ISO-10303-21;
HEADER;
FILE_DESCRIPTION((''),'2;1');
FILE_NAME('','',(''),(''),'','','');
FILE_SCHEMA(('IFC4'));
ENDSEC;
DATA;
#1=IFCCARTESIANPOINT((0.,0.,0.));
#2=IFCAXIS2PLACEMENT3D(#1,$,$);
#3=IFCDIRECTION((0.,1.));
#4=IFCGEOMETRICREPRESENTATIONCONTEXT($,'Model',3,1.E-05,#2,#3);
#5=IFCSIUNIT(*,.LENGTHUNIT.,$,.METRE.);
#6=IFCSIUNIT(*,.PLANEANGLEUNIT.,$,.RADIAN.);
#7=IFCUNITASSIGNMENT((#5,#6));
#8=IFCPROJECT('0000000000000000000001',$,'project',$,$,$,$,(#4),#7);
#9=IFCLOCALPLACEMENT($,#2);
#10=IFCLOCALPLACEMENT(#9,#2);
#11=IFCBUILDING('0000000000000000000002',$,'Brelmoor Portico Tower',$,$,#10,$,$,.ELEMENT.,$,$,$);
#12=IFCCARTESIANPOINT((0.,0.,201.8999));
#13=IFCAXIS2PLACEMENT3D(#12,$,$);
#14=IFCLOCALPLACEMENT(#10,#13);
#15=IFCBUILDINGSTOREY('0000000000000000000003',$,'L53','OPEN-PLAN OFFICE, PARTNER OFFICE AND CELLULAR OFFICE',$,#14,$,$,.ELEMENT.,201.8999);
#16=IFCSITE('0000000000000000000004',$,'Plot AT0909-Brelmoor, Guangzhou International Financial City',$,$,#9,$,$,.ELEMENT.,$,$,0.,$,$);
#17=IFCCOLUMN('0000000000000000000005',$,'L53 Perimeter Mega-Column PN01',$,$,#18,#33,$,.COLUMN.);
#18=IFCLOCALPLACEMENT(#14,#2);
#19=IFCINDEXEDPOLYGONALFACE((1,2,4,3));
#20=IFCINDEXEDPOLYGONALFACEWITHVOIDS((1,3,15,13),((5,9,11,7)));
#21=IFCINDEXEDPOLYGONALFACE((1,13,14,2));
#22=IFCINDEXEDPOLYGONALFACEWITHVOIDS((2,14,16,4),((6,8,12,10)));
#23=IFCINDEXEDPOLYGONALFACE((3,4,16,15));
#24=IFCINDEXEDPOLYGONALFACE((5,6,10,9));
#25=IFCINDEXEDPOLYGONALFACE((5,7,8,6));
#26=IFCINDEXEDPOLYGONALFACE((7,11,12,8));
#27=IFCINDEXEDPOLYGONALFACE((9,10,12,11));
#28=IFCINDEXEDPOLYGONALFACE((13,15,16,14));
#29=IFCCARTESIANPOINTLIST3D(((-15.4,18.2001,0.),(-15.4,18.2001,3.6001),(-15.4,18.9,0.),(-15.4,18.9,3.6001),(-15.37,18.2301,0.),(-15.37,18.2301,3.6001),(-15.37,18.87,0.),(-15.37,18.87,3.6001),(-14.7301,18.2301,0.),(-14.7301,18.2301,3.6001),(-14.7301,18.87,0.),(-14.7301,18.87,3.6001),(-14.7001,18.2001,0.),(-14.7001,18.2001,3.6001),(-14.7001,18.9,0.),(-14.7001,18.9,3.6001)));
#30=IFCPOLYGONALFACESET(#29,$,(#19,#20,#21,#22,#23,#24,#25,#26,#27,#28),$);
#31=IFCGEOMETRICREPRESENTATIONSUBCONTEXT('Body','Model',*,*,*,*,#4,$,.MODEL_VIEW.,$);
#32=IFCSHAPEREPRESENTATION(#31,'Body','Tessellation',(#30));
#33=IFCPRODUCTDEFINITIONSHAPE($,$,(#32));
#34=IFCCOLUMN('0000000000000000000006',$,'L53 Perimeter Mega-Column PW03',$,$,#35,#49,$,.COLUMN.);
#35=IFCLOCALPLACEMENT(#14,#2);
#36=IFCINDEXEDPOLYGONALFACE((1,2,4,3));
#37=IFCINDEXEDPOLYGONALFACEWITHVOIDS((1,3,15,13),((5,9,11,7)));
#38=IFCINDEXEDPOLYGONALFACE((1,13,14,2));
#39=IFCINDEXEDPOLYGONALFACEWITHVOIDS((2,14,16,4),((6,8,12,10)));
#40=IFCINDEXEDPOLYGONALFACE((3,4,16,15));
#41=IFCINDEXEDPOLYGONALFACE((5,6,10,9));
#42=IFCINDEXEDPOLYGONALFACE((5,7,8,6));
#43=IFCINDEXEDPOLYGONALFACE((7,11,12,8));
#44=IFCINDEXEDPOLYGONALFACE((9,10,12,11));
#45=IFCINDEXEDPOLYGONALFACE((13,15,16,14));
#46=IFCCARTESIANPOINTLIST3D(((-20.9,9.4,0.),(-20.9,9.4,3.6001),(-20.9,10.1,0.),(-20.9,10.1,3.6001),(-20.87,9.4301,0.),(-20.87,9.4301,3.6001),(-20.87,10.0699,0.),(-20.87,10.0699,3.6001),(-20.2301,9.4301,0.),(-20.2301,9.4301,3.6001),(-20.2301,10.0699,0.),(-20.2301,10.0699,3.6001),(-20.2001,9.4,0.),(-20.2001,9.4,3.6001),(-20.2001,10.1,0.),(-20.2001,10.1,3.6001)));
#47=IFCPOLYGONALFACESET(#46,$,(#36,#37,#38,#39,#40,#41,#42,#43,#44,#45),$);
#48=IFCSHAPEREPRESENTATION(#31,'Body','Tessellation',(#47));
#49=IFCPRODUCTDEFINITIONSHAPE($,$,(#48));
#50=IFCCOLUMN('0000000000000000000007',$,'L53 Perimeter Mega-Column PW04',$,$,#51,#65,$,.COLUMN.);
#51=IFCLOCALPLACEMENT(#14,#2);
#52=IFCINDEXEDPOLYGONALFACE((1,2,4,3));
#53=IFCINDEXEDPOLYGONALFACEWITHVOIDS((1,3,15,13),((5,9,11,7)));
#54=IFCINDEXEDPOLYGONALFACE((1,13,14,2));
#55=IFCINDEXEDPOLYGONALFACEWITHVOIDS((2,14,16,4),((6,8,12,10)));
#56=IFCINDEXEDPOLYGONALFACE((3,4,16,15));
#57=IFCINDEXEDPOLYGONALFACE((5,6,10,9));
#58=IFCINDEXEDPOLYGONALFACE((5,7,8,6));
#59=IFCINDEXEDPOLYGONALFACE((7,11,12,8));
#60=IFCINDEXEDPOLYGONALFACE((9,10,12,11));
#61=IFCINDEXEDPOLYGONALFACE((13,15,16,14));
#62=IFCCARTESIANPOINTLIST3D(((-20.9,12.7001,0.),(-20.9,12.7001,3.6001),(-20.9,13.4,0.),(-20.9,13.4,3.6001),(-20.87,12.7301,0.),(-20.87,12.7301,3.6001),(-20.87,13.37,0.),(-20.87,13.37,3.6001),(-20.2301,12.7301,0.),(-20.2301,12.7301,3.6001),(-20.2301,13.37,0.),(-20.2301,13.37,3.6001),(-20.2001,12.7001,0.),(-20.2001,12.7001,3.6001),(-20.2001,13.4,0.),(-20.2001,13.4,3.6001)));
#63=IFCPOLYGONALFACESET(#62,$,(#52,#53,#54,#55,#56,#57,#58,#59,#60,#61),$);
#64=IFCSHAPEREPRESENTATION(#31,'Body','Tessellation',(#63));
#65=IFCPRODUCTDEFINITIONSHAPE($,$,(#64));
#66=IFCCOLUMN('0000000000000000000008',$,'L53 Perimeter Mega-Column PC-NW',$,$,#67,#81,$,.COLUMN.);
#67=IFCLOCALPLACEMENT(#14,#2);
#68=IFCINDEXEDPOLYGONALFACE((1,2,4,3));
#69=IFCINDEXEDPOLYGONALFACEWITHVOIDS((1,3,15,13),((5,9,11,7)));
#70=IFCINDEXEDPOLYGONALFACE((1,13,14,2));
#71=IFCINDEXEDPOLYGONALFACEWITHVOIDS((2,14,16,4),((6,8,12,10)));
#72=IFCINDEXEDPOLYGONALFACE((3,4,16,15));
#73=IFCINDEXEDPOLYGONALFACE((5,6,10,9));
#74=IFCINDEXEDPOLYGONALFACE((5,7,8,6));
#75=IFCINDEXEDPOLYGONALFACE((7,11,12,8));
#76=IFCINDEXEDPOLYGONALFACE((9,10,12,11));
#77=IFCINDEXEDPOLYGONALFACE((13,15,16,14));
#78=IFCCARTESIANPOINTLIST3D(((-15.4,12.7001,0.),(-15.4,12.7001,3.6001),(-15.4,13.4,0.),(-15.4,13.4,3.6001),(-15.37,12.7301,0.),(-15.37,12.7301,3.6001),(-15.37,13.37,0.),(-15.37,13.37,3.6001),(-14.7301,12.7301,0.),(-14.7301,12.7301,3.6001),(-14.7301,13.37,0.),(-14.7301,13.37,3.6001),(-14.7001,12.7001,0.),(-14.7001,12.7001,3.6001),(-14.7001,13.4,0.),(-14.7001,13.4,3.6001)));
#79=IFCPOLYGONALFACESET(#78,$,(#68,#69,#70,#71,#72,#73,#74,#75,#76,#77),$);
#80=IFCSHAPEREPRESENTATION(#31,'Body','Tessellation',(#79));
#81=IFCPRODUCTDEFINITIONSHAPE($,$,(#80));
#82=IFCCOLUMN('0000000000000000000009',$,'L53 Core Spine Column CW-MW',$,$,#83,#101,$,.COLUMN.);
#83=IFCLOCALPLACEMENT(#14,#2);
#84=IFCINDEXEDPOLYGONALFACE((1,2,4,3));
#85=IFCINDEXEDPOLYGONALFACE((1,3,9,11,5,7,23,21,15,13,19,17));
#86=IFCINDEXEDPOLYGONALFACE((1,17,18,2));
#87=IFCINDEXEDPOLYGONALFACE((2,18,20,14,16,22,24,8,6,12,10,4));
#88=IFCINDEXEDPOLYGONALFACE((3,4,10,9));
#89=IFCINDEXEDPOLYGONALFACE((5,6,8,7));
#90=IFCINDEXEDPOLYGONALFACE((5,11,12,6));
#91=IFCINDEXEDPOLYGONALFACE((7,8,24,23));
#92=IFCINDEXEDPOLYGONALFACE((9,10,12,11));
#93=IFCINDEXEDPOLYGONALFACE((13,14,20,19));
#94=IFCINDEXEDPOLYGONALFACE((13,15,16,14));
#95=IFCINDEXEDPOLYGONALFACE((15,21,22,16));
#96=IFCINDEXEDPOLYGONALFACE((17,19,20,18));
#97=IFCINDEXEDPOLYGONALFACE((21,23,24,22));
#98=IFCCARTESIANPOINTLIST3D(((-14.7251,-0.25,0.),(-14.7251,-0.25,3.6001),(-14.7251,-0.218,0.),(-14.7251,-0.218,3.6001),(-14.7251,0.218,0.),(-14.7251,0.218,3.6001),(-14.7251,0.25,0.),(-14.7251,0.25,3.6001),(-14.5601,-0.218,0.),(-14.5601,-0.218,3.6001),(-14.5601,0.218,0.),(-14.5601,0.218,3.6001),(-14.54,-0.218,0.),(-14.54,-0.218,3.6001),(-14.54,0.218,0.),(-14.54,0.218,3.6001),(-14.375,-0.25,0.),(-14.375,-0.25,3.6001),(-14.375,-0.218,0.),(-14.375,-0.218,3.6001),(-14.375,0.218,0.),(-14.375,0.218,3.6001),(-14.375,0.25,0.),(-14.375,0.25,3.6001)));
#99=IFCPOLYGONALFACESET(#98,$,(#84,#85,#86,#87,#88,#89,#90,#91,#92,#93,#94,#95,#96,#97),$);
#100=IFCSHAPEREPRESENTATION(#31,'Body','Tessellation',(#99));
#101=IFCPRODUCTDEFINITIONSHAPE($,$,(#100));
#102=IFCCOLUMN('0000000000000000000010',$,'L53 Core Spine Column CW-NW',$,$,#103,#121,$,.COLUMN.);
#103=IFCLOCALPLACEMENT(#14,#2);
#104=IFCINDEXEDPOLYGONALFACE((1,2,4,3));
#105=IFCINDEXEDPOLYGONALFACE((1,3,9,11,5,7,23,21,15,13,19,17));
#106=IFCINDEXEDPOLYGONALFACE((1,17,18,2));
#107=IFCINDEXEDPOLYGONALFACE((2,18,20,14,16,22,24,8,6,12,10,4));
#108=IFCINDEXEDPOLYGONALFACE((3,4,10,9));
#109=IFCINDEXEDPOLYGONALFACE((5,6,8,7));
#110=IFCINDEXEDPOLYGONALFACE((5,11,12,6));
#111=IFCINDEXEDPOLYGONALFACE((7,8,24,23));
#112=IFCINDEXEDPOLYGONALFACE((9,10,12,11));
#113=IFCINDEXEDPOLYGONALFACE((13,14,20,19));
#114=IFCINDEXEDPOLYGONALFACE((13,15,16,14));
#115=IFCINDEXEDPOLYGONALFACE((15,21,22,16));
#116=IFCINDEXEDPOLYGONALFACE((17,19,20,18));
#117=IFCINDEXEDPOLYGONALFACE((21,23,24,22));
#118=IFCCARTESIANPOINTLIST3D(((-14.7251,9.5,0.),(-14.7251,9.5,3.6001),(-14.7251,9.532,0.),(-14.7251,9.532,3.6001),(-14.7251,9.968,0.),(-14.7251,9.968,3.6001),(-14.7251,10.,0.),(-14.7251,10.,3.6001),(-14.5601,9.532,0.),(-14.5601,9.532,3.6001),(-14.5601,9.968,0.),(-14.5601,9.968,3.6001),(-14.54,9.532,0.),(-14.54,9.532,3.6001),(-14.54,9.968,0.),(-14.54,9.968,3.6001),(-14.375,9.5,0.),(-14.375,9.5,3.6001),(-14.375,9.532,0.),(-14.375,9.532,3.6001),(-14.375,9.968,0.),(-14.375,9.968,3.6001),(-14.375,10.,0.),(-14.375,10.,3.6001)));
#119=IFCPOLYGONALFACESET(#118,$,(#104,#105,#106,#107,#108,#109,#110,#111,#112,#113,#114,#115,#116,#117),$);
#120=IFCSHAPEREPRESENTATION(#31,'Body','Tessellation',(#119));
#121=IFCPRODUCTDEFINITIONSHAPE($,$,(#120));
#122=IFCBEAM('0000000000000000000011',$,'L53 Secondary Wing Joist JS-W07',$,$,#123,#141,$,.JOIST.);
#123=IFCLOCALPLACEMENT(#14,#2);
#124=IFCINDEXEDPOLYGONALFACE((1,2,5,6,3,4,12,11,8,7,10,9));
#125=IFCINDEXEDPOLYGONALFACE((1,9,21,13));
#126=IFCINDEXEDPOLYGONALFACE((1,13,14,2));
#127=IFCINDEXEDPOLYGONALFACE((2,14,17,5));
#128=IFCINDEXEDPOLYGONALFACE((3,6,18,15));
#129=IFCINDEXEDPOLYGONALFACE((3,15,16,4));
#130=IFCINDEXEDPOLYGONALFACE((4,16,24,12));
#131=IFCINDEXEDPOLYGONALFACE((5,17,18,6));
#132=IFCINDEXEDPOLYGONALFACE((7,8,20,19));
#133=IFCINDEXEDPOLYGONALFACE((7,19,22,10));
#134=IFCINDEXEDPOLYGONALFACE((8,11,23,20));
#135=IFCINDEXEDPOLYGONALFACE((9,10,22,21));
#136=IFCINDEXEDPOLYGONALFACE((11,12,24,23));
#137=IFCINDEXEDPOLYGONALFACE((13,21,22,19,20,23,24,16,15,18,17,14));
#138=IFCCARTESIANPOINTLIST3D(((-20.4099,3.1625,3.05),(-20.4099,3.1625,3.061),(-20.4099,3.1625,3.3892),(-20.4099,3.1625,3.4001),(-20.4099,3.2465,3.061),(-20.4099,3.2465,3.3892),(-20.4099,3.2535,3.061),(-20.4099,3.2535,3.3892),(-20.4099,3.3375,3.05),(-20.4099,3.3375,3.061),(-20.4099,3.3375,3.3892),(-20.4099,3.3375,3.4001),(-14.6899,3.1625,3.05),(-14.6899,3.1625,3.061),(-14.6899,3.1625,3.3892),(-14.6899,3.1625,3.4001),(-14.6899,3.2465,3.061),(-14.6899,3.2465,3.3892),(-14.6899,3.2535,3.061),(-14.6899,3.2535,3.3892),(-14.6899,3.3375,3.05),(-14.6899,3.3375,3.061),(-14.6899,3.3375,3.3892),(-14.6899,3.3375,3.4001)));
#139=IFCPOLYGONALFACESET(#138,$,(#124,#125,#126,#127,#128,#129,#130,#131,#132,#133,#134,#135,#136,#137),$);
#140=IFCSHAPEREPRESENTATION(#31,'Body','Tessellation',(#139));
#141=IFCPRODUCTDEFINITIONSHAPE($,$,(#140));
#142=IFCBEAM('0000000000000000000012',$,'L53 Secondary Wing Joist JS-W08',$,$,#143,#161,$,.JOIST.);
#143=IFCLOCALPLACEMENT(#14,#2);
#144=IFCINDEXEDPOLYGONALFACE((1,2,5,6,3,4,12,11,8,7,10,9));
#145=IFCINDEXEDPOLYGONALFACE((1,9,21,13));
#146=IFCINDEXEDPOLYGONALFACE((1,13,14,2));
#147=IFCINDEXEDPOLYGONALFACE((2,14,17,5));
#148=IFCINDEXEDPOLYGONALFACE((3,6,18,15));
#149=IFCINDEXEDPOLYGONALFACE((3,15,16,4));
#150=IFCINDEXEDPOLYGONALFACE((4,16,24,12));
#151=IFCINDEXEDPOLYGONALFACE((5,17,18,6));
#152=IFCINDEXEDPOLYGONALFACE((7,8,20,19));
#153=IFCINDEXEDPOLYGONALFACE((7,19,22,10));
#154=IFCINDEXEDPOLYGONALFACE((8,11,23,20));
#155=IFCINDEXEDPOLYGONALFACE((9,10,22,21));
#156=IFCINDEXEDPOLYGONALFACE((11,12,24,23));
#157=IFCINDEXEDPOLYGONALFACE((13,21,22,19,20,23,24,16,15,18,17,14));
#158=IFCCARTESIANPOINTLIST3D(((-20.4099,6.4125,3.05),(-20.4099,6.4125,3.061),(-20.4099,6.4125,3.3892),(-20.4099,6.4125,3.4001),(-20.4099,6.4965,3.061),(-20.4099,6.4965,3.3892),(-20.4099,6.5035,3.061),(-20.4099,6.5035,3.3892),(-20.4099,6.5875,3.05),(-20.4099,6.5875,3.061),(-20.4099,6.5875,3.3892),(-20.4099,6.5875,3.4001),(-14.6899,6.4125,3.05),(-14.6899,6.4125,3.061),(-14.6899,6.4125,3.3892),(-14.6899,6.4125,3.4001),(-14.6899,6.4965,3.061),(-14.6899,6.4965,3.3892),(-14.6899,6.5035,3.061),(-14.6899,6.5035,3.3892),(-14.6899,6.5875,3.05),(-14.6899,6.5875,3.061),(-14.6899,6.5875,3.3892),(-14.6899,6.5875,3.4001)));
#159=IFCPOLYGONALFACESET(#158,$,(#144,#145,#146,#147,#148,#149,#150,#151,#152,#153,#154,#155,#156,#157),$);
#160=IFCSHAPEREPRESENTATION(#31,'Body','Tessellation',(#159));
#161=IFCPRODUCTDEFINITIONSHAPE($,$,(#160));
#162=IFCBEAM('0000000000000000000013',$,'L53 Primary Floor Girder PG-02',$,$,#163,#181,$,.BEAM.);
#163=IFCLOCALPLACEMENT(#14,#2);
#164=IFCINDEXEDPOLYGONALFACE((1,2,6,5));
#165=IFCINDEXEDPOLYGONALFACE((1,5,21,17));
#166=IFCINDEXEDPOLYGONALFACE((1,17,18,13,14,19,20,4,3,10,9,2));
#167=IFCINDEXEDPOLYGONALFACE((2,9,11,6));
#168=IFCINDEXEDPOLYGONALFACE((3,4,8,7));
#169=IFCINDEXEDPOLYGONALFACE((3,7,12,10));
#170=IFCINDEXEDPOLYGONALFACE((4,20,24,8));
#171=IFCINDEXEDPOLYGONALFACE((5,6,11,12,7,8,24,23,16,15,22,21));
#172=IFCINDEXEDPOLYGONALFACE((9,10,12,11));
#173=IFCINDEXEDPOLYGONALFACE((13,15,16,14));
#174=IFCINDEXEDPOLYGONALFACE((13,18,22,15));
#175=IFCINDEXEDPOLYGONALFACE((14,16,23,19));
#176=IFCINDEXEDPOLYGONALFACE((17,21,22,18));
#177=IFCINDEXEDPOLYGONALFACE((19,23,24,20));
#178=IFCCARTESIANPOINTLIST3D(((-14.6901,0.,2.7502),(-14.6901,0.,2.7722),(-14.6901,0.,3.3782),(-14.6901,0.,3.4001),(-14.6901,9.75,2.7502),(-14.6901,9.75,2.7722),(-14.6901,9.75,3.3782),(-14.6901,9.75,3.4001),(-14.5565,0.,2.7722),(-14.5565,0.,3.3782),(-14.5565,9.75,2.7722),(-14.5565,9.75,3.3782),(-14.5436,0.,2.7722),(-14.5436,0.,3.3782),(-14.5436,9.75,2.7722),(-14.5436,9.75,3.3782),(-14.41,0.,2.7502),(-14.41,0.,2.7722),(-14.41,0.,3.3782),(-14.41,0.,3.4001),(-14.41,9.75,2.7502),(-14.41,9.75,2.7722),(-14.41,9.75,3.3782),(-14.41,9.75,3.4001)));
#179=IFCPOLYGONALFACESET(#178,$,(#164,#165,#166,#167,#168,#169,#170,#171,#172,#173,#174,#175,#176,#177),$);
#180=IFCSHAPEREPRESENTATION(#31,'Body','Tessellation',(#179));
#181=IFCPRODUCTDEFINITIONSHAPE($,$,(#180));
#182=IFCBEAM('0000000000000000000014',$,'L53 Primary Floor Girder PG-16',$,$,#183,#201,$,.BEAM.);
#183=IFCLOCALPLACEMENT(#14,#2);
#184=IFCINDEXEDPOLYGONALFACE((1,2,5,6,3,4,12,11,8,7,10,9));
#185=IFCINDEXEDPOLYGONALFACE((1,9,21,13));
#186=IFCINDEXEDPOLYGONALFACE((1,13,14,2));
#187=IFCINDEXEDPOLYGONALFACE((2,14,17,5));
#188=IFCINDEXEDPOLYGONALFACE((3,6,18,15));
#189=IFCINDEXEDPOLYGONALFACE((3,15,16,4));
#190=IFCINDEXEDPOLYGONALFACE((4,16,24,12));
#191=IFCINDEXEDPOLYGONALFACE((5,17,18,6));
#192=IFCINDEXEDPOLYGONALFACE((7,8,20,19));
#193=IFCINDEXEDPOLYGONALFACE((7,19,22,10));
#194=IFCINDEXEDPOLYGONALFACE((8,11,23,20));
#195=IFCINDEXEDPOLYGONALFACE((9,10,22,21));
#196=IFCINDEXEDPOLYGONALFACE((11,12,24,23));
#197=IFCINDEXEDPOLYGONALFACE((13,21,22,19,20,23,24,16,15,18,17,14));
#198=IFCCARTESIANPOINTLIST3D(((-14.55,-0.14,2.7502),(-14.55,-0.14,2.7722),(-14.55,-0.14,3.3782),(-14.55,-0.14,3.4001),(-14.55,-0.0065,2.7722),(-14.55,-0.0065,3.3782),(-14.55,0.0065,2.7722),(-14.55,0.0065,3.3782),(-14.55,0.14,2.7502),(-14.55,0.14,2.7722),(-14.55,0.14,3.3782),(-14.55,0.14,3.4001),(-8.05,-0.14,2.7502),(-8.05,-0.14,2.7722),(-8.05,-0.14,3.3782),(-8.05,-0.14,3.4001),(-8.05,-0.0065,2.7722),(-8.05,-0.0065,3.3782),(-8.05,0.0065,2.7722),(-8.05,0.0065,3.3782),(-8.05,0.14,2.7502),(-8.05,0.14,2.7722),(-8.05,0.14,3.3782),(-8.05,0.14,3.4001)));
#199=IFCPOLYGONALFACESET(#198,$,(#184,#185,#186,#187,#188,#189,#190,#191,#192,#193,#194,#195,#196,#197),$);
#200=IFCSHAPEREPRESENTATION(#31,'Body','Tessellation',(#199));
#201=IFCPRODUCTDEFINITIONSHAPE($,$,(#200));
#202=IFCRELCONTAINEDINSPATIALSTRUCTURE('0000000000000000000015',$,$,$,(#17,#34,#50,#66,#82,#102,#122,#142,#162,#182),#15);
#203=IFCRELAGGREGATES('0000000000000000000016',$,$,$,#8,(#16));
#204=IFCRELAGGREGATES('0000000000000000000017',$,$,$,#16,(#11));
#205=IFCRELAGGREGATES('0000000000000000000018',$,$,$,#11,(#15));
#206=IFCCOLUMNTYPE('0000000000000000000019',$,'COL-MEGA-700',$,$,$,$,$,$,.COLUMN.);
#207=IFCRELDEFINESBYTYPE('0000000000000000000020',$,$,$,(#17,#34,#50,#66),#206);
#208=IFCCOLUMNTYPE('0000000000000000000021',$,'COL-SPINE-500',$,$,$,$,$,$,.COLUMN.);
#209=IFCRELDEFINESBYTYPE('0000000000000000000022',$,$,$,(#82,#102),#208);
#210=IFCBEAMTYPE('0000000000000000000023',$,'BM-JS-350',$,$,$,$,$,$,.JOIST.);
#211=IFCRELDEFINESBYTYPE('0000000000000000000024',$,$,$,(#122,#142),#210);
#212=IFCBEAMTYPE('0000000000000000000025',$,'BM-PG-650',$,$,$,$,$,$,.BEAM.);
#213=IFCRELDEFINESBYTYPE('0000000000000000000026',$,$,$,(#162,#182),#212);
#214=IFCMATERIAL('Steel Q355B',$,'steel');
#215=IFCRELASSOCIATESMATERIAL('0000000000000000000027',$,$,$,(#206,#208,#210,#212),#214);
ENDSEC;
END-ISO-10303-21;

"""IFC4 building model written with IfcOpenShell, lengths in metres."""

from ifc_helpers import new_model, si_unit, direction, frame, origin, origin_2d, place, context, subcontext, project, spatial, hollow_rectangle, i_section, extrude, material, material_profile, profile_set, type_object, element, save


model = new_model("IFC4")

# Units and contexts
model_context = context("Model", 3, precision=1e-05, world=origin(), true_north=direction((0.0, 1.0)))
body_context = subcontext(model_context, "Body", "Model", "MODEL_VIEW")
ifc_project = project(units=[si_unit("LENGTHUNIT", "METRE"), si_unit("PLANEANGLEUNIT", "RADIAN")], contexts=[model_context])

# Site, building, storey
site_placement = place(None, origin())
site = spatial("IfcSite", under=ifc_project, at=site_placement, Name="Plot AT0909-Brelmoor, Guangzhou International Financial City", CompositionType="ELEMENT", RefElevation=0.0)
building_placement = place(site_placement, origin())
building = spatial("IfcBuilding", under=site, at=building_placement, Name="Brelmoor Portico Tower", CompositionType="ELEMENT")
storey_placement = place(building_placement, frame((0.0, 0.0, 201.8999)))
storey = spatial("IfcBuildingStorey", under=building, at=storey_placement, Name="L53", Description="OPEN-PLAN OFFICE, PARTNER OFFICE AND CELLULAR OFFICE", CompositionType="ELEMENT", Elevation=201.8999)

# Columns
ifc_material_1 = material(Name="Steel Q355B", Category="steel")
ifc_material_profile_1 = material_profile(ifc_material_1, hollow_rectangle(XDim=0.7, YDim=0.7, WallThickness=0.03, at=origin_2d()), Name="BOX 700x700x30")
ifc_profile_set_1 = profile_set([ifc_material_profile_1], Name="Steel Q355B")
column_type_1 = type_object("IfcColumnType", Name="COL-MEGA-700", PredefinedType="COLUMN", material=ifc_profile_set_1)
for number, where, z_axis, x_axis, name in (
    (1, (-15.05, 18.55, 0.0), (0.0, 0.0, 1.0), (1.0, 0.0, 0.0), "L53 Perimeter Mega-Column PN01"),
    (2, (-20.55, 9.75, 0.0), (0.0, 0.0, 1.0), (0.0, 1.0, 0.0), "L53 Perimeter Mega-Column PW03"),
    (3, (-20.55, 13.05, 0.0), (0.0, 0.0, 1.0), (0.0, 1.0, 0.0), "L53 Perimeter Mega-Column PW04"),
    (4, (-15.05, 13.05, 0.0), (0.0, 0.0, 1.0), (1.0, 0.0, 0.0), "L53 Perimeter Mega-Column PC-NW"),
):
    element("IfcColumn", number, at=place(storey_placement, frame(where, z_axis=z_axis, x_axis=x_axis)), inside=storey, type_object=column_type_1, Name=name, PredefinedType="COLUMN", context=body_context, shape_type="SweptSolid", body=[
        extrude(hollow_rectangle(XDim=0.7, YDim=0.7, WallThickness=0.03, at=origin_2d()), origin(), (0.0, 0.0, 1.0), 3.6001),
    ])
ifc_material_profile_2 = material_profile(ifc_material_1, i_section(OverallWidth=0.3501, OverallDepth=0.5, WebThickness=0.02, FlangeThickness=0.032, at=origin_2d()), Name="HW 500x350x20x32")
ifc_profile_set_2 = profile_set([ifc_material_profile_2], Name="Steel Q355B")
column_type_2 = type_object("IfcColumnType", Name="COL-SPINE-500", PredefinedType="COLUMN", material=ifc_profile_set_2)
for number, where, z_axis, x_axis, name in (
    (5, (-14.55, 0.0, 0.0), (0.0, 0.0, 1.0), (1.0, 0.0, 0.0), "L53 Core Spine Column CW-MW"),
    (6, (-14.55, 9.75, 0.0), (0.0, 0.0, 1.0), (1.0, 0.0, 0.0), "L53 Core Spine Column CW-NW"),
):
    element("IfcColumn", number, at=place(storey_placement, frame(where, z_axis=z_axis, x_axis=x_axis)), inside=storey, type_object=column_type_2, Name=name, PredefinedType="COLUMN", context=body_context, shape_type="SweptSolid", body=[
        extrude(i_section(OverallWidth=0.3501, OverallDepth=0.5, WebThickness=0.02, FlangeThickness=0.032, at=origin_2d()), origin(), (0.0, 0.0, 1.0), 3.6001),
    ])

# Beams
ifc_material_profile_3 = material_profile(ifc_material_1, i_section(OverallWidth=0.175, OverallDepth=0.3501, WebThickness=0.0071, FlangeThickness=0.011, at=origin_2d()), Name="HN 350x175x7x11")
ifc_profile_set_3 = profile_set([ifc_material_profile_3], Name="Steel Q355B")
beam_type_1 = type_object("IfcBeamType", Name="BM-JS-350", PredefinedType="JOIST", material=ifc_profile_set_3)
for number, where, z_axis, x_axis, name in (
    (7, (-20.4099, 3.25, 3.2251), (1.0, 0.0, 0.0), (0.0, 1.0, 0.0), "L53 Secondary Wing Joist JS-W07"),
    (8, (-20.4099, 6.5, 3.2251), (1.0, 0.0, 0.0), (0.0, 1.0, 0.0), "L53 Secondary Wing Joist JS-W08"),
):
    element("IfcBeam", number, at=place(storey_placement, frame(where, z_axis=z_axis, x_axis=x_axis)), inside=storey, type_object=beam_type_1, Name=name, PredefinedType="JOIST", context=body_context, shape_type="SweptSolid", body=[
        extrude(i_section(OverallWidth=0.175, OverallDepth=0.3501, WebThickness=0.0071, FlangeThickness=0.011, at=origin_2d()), origin(), (0.0, 0.0, 1.0), 5.72),
    ])
ifc_material_profile_4 = material_profile(ifc_material_1, i_section(OverallWidth=0.28, OverallDepth=0.6499, WebThickness=0.0129, FlangeThickness=0.022, at=origin_2d()), Name="HN 650x280x13x22")
ifc_profile_set_4 = profile_set([ifc_material_profile_4], Name="Steel Q355B")
beam_type_2 = type_object("IfcBeamType", Name="BM-PG-650", PredefinedType="BEAM", material=ifc_profile_set_4)
beam_1_placement = place(storey_placement, frame((-14.55, 0.0, 3.0752), z_axis=(0.0, 1.0, 0.0), x_axis=(-1.0, 0.0, 0.0)))
element("IfcBeam", 9, at=beam_1_placement, inside=storey, type_object=beam_type_2, Name="L53 Primary Floor Girder PG-02", PredefinedType="BEAM", context=body_context, shape_type="SweptSolid", body=[
    extrude(i_section(OverallWidth=0.28, OverallDepth=0.6499, WebThickness=0.0129, FlangeThickness=0.022, at=origin_2d()), origin(), (0.0, 0.0, 1.0), 9.75),
])
beam_2_placement = place(storey_placement, frame((-14.55, 0.0, 3.0752), z_axis=(1.0, 0.0, 0.0), x_axis=(0.0, 1.0, 0.0)))
element("IfcBeam", 10, at=beam_2_placement, inside=storey, type_object=beam_type_2, Name="L53 Primary Floor Girder PG-16", PredefinedType="BEAM", context=body_context, shape_type="SweptSolid", body=[
    extrude(i_section(OverallWidth=0.28, OverallDepth=0.6499, WebThickness=0.0129, FlangeThickness=0.022, at=origin_2d()), origin(), (0.0, 0.0, 1.0), 6.5),
])

save(model, "model.ifc")
